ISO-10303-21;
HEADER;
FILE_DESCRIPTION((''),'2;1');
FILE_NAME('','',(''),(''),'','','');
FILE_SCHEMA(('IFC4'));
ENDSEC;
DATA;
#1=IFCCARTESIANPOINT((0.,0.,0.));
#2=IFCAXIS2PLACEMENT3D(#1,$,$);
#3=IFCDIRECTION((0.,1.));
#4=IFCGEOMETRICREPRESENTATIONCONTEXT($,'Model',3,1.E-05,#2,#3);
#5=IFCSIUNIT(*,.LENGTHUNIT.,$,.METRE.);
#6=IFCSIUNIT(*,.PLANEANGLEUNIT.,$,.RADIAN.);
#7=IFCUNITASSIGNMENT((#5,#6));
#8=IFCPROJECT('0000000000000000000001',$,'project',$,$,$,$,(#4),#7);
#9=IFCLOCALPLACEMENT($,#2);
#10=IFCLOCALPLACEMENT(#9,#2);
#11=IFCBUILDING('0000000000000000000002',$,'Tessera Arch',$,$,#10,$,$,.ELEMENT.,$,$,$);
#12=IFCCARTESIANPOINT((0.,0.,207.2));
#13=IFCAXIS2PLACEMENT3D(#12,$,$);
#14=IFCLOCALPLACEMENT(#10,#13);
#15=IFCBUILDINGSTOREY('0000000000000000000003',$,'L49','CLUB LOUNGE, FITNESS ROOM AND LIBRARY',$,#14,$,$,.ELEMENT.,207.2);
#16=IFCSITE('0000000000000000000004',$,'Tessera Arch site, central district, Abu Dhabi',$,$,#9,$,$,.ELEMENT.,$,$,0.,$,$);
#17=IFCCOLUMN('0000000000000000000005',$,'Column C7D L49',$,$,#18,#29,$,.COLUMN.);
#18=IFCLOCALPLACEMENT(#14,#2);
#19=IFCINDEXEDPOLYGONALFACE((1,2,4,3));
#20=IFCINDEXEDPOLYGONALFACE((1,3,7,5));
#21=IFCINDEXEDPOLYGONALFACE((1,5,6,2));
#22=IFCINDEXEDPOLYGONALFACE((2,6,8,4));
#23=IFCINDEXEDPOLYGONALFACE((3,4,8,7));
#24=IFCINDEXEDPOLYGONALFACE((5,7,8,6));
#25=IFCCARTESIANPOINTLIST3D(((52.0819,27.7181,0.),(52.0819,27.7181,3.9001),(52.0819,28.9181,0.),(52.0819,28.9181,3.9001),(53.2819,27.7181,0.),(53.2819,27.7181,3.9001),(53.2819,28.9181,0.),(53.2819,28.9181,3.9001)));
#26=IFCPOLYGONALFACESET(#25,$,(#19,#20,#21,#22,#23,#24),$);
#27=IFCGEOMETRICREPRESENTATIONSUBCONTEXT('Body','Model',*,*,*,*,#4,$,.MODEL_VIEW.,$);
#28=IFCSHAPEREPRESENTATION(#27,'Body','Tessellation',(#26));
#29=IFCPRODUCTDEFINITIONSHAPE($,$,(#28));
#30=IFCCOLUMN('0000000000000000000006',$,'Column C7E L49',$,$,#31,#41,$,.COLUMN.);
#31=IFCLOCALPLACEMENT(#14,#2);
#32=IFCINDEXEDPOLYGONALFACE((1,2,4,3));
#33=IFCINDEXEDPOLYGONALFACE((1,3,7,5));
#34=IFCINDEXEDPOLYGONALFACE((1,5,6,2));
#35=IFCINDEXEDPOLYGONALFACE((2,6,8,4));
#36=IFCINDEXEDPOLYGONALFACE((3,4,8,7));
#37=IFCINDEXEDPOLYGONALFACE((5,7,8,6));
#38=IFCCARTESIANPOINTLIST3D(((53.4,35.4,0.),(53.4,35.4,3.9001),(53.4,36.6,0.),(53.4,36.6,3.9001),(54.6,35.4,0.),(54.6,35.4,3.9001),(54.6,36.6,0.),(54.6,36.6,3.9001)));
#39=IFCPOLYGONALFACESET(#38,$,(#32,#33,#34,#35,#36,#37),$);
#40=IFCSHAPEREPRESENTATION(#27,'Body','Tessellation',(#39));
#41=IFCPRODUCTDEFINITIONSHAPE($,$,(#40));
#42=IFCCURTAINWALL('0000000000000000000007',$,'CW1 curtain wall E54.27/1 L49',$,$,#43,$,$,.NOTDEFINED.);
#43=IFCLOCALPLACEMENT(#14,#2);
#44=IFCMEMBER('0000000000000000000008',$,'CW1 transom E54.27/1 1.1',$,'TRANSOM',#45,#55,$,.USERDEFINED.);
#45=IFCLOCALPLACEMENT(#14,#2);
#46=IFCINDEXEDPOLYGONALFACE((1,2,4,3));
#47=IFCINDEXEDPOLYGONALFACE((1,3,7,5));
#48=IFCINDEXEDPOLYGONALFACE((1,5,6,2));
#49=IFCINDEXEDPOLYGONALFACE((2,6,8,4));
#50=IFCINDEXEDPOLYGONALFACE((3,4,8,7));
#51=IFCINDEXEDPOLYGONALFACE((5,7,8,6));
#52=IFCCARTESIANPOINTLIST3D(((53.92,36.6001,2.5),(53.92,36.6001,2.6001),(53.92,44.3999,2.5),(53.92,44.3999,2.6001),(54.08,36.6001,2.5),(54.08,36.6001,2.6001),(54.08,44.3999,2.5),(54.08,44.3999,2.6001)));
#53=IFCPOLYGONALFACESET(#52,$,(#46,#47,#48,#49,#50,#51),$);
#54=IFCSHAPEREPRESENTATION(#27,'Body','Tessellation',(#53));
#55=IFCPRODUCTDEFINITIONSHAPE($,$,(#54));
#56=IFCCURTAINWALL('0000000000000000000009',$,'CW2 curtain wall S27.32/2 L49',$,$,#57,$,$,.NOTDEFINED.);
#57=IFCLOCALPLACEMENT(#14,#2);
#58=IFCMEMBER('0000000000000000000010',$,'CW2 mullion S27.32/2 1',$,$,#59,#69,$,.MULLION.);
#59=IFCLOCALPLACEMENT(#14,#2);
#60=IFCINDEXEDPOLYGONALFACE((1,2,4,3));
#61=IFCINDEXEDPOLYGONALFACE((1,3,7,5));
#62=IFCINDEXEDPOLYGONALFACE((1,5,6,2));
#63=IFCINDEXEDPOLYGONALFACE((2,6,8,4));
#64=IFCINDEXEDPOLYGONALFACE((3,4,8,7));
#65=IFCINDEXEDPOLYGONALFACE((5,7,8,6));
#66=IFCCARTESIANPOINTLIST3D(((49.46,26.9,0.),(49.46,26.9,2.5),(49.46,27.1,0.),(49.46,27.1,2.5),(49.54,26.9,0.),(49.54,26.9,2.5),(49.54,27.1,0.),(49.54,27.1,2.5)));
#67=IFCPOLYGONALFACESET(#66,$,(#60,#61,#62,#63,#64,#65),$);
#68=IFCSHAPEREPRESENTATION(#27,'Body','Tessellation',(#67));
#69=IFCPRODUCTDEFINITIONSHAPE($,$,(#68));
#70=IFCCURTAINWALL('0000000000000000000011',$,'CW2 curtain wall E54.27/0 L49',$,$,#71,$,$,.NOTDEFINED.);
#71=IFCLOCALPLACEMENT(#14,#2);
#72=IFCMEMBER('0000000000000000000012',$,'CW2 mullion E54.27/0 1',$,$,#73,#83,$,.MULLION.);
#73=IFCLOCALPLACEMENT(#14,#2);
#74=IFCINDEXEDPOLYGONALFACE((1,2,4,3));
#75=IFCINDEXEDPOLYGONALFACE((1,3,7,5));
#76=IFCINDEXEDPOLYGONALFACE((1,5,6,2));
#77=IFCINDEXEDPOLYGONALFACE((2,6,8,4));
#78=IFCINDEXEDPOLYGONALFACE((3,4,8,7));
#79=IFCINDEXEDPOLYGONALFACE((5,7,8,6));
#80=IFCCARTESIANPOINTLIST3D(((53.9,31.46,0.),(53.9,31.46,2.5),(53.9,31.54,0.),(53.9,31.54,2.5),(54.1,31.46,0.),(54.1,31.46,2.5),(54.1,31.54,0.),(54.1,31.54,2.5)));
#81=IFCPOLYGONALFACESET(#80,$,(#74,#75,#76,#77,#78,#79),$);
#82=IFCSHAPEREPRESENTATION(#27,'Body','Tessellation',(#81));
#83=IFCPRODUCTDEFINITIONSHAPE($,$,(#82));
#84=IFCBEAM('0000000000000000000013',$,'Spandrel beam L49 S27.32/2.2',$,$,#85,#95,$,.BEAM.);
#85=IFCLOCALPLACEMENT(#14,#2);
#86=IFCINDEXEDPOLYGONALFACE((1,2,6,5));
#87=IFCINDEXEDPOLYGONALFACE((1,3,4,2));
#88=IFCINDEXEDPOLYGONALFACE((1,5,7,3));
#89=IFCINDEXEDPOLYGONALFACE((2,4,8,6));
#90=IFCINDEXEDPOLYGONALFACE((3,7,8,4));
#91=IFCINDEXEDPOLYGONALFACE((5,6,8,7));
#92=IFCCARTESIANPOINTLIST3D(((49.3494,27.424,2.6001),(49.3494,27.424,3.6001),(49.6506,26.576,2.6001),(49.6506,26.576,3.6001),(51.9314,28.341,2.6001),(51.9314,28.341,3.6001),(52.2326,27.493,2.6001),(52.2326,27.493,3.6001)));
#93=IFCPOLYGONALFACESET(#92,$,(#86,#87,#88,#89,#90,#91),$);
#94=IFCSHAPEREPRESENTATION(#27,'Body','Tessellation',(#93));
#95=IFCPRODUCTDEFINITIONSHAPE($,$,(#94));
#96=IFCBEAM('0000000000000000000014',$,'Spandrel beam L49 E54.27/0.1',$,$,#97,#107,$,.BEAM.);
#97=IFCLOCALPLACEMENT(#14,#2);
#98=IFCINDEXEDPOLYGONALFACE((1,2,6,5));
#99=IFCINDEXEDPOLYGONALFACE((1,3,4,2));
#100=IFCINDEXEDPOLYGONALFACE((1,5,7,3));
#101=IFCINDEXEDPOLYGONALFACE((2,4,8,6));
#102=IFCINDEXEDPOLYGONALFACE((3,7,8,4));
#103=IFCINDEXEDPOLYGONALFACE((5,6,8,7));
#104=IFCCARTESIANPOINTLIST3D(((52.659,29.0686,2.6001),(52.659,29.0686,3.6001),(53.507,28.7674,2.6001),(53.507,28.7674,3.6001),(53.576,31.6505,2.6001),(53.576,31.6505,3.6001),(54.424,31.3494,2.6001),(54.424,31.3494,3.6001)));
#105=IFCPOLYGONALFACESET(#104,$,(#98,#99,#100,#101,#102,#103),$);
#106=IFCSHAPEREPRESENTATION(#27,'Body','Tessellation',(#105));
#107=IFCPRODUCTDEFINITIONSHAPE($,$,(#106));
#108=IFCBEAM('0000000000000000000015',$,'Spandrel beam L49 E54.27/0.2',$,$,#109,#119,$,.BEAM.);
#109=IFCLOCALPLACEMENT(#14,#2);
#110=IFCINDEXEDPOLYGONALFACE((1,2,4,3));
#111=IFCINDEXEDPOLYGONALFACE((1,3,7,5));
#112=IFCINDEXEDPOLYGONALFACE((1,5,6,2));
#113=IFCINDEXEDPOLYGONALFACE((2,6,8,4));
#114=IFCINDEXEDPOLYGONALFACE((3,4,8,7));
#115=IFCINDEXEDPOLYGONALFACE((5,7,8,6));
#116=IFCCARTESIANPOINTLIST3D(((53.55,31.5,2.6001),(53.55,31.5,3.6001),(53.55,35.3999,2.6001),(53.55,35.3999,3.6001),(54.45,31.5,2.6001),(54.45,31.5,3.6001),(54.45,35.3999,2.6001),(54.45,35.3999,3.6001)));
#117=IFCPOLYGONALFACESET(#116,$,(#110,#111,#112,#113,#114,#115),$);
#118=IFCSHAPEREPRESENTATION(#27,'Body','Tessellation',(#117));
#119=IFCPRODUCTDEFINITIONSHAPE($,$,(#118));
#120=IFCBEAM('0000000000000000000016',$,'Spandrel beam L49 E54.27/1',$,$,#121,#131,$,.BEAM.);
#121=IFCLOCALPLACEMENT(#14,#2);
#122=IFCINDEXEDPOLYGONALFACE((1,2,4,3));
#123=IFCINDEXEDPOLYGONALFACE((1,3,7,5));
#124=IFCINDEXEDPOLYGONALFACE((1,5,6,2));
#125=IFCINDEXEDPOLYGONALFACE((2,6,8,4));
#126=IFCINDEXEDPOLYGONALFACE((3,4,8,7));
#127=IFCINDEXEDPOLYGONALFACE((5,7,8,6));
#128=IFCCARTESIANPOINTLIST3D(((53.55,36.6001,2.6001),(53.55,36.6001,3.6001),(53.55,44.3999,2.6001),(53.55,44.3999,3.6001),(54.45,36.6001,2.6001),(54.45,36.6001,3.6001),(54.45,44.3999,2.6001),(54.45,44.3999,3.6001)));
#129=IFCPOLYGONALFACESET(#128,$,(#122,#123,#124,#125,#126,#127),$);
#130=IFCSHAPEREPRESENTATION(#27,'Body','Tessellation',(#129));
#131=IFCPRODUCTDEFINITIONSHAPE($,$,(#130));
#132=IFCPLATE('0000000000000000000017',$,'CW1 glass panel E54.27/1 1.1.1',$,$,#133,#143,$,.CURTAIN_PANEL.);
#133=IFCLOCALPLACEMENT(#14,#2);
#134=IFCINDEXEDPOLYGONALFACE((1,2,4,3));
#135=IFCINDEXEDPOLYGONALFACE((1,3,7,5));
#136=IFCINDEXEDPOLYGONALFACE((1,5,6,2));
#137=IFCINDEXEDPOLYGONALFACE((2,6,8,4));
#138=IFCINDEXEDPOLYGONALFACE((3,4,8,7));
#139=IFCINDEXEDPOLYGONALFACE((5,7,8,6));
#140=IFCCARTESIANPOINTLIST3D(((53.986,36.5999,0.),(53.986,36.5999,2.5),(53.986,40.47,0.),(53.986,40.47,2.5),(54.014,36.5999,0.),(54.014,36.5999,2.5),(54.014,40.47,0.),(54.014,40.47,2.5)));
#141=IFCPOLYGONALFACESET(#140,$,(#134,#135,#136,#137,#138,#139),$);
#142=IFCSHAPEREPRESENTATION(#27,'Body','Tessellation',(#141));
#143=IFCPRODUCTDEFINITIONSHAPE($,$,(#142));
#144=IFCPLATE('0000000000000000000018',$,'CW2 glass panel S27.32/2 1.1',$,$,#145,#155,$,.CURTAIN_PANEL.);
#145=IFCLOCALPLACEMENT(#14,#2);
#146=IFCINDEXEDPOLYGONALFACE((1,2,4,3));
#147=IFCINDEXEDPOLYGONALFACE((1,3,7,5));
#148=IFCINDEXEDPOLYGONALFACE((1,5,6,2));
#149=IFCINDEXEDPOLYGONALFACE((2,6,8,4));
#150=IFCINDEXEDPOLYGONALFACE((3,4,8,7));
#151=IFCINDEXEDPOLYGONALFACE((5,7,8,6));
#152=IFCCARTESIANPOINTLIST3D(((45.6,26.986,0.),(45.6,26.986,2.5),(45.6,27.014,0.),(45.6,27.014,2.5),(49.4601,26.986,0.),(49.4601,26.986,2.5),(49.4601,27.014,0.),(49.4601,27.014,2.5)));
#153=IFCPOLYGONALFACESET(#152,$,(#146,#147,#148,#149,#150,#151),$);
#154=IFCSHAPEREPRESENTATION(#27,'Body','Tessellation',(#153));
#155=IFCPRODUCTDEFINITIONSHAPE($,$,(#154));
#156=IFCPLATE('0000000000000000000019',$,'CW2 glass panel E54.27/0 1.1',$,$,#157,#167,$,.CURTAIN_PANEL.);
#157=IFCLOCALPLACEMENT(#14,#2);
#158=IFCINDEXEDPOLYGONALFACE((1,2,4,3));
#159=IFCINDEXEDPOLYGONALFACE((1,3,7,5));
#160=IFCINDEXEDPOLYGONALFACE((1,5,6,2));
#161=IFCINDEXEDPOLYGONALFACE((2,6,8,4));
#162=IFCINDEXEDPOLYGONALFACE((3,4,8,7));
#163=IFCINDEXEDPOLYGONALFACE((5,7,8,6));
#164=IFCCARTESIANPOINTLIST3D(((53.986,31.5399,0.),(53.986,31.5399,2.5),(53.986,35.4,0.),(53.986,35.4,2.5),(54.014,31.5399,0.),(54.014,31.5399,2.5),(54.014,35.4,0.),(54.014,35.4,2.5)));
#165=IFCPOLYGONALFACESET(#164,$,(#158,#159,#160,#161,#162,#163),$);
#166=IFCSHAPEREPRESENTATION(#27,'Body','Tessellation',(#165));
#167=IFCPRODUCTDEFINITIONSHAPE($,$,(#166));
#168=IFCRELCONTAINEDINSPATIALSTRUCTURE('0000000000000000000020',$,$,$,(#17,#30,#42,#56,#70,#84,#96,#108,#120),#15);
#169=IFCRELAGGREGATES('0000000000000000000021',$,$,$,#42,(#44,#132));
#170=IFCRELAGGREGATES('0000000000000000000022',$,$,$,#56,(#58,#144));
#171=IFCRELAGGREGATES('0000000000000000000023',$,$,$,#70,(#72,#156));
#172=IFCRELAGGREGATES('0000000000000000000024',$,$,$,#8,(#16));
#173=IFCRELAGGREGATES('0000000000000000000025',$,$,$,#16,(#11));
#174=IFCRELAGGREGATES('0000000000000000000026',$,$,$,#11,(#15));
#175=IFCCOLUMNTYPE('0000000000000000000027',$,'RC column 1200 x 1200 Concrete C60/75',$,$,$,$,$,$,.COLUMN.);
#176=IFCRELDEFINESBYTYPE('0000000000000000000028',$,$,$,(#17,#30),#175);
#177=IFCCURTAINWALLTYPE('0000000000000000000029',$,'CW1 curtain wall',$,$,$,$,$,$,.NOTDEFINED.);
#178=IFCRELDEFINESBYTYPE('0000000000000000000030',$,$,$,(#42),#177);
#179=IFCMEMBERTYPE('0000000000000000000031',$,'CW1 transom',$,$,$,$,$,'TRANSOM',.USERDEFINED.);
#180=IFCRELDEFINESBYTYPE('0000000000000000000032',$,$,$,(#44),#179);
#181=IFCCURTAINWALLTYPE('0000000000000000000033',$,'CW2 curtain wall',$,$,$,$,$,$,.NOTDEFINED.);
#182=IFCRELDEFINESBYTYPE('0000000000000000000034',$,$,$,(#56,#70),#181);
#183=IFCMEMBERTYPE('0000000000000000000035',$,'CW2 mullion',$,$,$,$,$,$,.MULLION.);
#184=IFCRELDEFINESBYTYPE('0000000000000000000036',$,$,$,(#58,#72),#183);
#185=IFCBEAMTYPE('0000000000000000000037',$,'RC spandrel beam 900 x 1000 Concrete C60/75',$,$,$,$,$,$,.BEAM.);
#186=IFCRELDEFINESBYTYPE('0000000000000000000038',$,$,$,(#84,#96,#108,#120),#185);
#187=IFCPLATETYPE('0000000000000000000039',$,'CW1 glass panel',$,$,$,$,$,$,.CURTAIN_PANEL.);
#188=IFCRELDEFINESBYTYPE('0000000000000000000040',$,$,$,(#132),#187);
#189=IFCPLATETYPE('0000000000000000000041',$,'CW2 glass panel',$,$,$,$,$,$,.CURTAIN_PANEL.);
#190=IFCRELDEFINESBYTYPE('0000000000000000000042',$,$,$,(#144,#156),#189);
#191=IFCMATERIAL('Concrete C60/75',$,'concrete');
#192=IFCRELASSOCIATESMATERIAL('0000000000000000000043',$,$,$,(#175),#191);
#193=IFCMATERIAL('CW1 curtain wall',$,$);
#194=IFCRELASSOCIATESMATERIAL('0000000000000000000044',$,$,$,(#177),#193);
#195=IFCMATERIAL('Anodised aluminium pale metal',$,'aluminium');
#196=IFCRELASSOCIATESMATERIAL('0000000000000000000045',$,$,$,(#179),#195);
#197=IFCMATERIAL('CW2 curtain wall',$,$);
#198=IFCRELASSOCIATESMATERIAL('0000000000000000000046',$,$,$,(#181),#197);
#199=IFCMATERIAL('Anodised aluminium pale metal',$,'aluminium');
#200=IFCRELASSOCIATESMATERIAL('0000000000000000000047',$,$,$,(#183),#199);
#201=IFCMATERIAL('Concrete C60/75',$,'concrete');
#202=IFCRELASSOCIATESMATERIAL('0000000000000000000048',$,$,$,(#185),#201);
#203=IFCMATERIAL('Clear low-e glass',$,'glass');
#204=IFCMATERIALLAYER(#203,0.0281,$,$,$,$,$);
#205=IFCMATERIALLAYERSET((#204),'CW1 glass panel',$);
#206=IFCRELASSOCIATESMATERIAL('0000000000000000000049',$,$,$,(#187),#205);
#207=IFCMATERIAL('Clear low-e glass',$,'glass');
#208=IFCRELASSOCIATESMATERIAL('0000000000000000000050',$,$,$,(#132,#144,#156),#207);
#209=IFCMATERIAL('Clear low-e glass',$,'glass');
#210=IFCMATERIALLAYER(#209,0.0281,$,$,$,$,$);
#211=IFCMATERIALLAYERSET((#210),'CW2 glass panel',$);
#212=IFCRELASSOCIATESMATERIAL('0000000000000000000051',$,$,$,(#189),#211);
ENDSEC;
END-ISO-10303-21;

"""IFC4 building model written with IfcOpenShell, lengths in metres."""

from ifc_helpers import new_model, si_unit, direction, frame, origin, origin_2d, place, context, subcontext, project, spatial, rectangle, extrude, material, layer, layer_set, material_profile, profile_set, type_object, element, aggregate, save


model = new_model("IFC4")

# Units and contexts
model_context = context("Model", 3, precision=1e-05, world=origin(), true_north=direction((0.0, 1.0)))
body_context = subcontext(model_context, "Body", "Model", "MODEL_VIEW")
ifc_project = project(units=[si_unit("LENGTHUNIT", "METRE"), si_unit("PLANEANGLEUNIT", "RADIAN")], contexts=[model_context])

# Site, building, storey
site_placement = place(None, origin())
site = spatial("IfcSite", under=ifc_project, at=site_placement, Name="Tessera Arch site, central district, Abu Dhabi", CompositionType="ELEMENT", RefElevation=0.0)
building_placement = place(site_placement, origin())
building = spatial("IfcBuilding", under=site, at=building_placement, Name="Tessera Arch", CompositionType="ELEMENT")
storey_placement = place(building_placement, frame((0.0, 0.0, 207.2)))
storey = spatial("IfcBuildingStorey", under=building, at=storey_placement, Name="L49", Description="CLUB LOUNGE, FITNESS ROOM AND LIBRARY", CompositionType="ELEMENT", Elevation=207.2)

# Columns
ifc_material_1 = material(Name="Concrete C60/75", Category="concrete")
ifc_material_profile_1 = material_profile(ifc_material_1, rectangle(XDim=1.2, YDim=1.2, at=origin_2d()), Name="RC column 1200 x 1200 Concrete C60/75")
ifc_profile_set_1 = profile_set([ifc_material_profile_1], Name="Concrete C60/75")
column_type = type_object("IfcColumnType", Name="RC column 1200 x 1200 Concrete C60/75", PredefinedType="COLUMN", material=ifc_profile_set_1)
for number, where, z_axis, x_axis, name in (
    (1, (52.6819, 28.3181, 0.0), (0.0, 0.0, 1.0), (1.0, 0.0, 0.0), "Column C7D L49"),
    (2, (54.0, 36.0, 0.0), (0.0, 0.0, 1.0), (1.0, 0.0, 0.0), "Column C7E L49"),
):
    element("IfcColumn", number, at=place(storey_placement, frame(where, z_axis=z_axis, x_axis=x_axis)), inside=storey, type_object=column_type, Name=name, PredefinedType="COLUMN", context=body_context, shape_type="SweptSolid", body=[
        extrude(rectangle(XDim=1.2, YDim=1.2, at=origin_2d()), origin(), (0.0, 0.0, 1.0), 3.9001),
    ])

# Curtain walls, members
ifc_material_2 = material(Name="CW1 curtain wall")
curtain_wall_type_1 = type_object("IfcCurtainWallType", Name="CW1 curtain wall", PredefinedType="NOTDEFINED", material=ifc_material_2)
curtain_wall_1_placement = place(storey_placement, origin())
curtain_wall_1 = element("IfcCurtainWall", 3, at=curtain_wall_1_placement, inside=storey, type_object=curtain_wall_type_1, Name="CW1 curtain wall E54.27/1 L49", PredefinedType="NOTDEFINED")
ifc_material_3 = material(Name="Anodised aluminium pale metal", Category="aluminium")
ifc_material_profile_2 = material_profile(ifc_material_3, rectangle(XDim=0.1599, YDim=0.1001, at=origin_2d()), Name="AL 160x100")
ifc_profile_set_2 = profile_set([ifc_material_profile_2], Name="Anodised aluminium pale metal")
member_type_1 = type_object("IfcMemberType", Name="CW1 transom", ElementType="TRANSOM", PredefinedType="USERDEFINED", material=ifc_profile_set_2)
member_1_placement = place(storey_placement, frame((54.0, 36.6001, 2.55), z_axis=(0.0, 1.0, 0.0), x_axis=(-1.0, 0.0, 0.0)))
member_1 = element("IfcMember", 4, at=member_1_placement, type_object=member_type_1, Name="CW1 transom E54.27/1 1.1", ObjectType="TRANSOM", PredefinedType="USERDEFINED", context=body_context, shape_type="SweptSolid", body=[
    extrude(rectangle(XDim=0.1599, YDim=0.1001, at=origin_2d()), origin(), (0.0, 0.0, 1.0), 7.7998),
])
ifc_material_4 = material(Name="CW2 curtain wall")
curtain_wall_type_2 = type_object("IfcCurtainWallType", Name="CW2 curtain wall", PredefinedType="NOTDEFINED", material=ifc_material_4)
curtain_wall_2_placement = place(storey_placement, origin())
curtain_wall_2 = element("IfcCurtainWall", 5, at=curtain_wall_2_placement, inside=storey, type_object=curtain_wall_type_2, Name="CW2 curtain wall S27.32/2 L49", PredefinedType="NOTDEFINED")
ifc_material_5 = material(Name="Anodised aluminium pale metal", Category="aluminium")
ifc_material_profile_3 = material_profile(ifc_material_5, rectangle(XDim=0.2, YDim=0.0801, at=origin_2d()), Name="AL 80x200")
ifc_profile_set_3 = profile_set([ifc_material_profile_3], Name="Anodised aluminium pale metal")
member_type_2 = type_object("IfcMemberType", Name="CW2 mullion", PredefinedType="MULLION", material=ifc_profile_set_3)
member_2_placement = place(storey_placement, frame((49.5, 27.0, 0.0), z_axis=(0.0, 0.0, 1.0), x_axis=(0.0, 1.0, 0.0)))
member_2 = element("IfcMember", 6, at=member_2_placement, type_object=member_type_2, Name="CW2 mullion S27.32/2 1", PredefinedType="MULLION", context=body_context, shape_type="SweptSolid", body=[
    extrude(rectangle(XDim=0.2, YDim=0.0801, at=origin_2d()), origin(), (0.0, 0.0, 1.0), 2.5),
])
curtain_wall_3_placement = place(storey_placement, origin())
curtain_wall_3 = element("IfcCurtainWall", 7, at=curtain_wall_3_placement, inside=storey, type_object=curtain_wall_type_2, Name="CW2 curtain wall E54.27/0 L49", PredefinedType="NOTDEFINED")
member_3_placement = place(storey_placement, frame((54.0, 31.5, 0.0), z_axis=(0.0, 0.0, 1.0), x_axis=(-1.0, 0.0, 0.0)))
member_3 = element("IfcMember", 8, at=member_3_placement, type_object=member_type_2, Name="CW2 mullion E54.27/0 1", PredefinedType="MULLION", context=body_context, shape_type="SweptSolid", body=[
    extrude(rectangle(XDim=0.2, YDim=0.0801, at=origin_2d()), origin(), (0.0, 0.0, 1.0), 2.5),
])

# Beams
ifc_material_6 = material(Name="Concrete C60/75", Category="concrete")
ifc_material_profile_4 = material_profile(ifc_material_6, rectangle(XDim=0.8999, YDim=1.0, at=origin_2d()), Name="RC spandrel beam 900 x 1000 Concrete C60/75")
ifc_profile_set_4 = profile_set([ifc_material_profile_4], Name="Concrete C60/75")
beam_type = type_object("IfcBeamType", Name="RC spandrel beam 900 x 1000 Concrete C60/75", PredefinedType="BEAM", material=ifc_profile_set_4)
for number, where, z_axis, x_axis, name in (
    (9, (49.5, 27.0, 3.1001), (0.942337, 0.334665, 0.0), (-0.334665, 0.942337, 0.0), "Spandrel beam L49 S27.32/2.2"),
    (10, (53.083, 28.918, 3.1001), (0.334665, 0.942337, 0.0), (-0.942337, 0.334665, 0.0), "Spandrel beam L49 E54.27/0.1"),
):
    element("IfcBeam", number, at=place(storey_placement, frame(where, z_axis=z_axis, x_axis=x_axis)), inside=storey, type_object=beam_type, Name=name, PredefinedType="BEAM", context=body_context, shape_type="SweptSolid", body=[
        extrude(rectangle(XDim=0.8999, YDim=1.0, at=origin_2d()), origin(), (0.0, 0.0, 1.0), 2.74),
    ])
beam_1_placement = place(storey_placement, frame((54.0, 31.5, 3.1001), z_axis=(0.0, 1.0, 0.0), x_axis=(-1.0, 0.0, 0.0)))
element("IfcBeam", 11, at=beam_1_placement, inside=storey, type_object=beam_type, Name="Spandrel beam L49 E54.27/0.2", PredefinedType="BEAM", context=body_context, shape_type="SweptSolid", body=[
    extrude(rectangle(XDim=0.8999, YDim=1.0, at=origin_2d()), origin(), (0.0, 0.0, 1.0), 3.8999),
])
beam_2_placement = place(storey_placement, frame((54.0, 36.6001, 3.1001), z_axis=(0.0, 1.0, 0.0), x_axis=(-1.0, 0.0, 0.0)))
element("IfcBeam", 12, at=beam_2_placement, inside=storey, type_object=beam_type, Name="Spandrel beam L49 E54.27/1", PredefinedType="BEAM", context=body_context, shape_type="SweptSolid", body=[
    extrude(rectangle(XDim=0.8999, YDim=1.0, at=origin_2d()), origin(), (0.0, 0.0, 1.0), 7.7998),
])

# Plates
ifc_material_7 = material(Name="Clear low-e glass", Category="glass")
ifc_material_8 = material(Name="Clear low-e glass", Category="glass")
ifc_layer_1 = layer(ifc_material_8, 0.0281)
ifc_layer_set_1 = layer_set([ifc_layer_1], Name="CW1 glass panel")
plate_type_1 = type_object("IfcPlateType", Name="CW1 glass panel", PredefinedType="CURTAIN_PANEL", material=ifc_layer_set_1)
plate_1_placement = place(storey_placement, frame((54.0, 38.5349, 0.0), z_axis=(0.0, 0.0, 1.0), x_axis=(0.0, 1.0, 0.0)))
plate_1 = element("IfcPlate", 13, at=plate_1_placement, type_object=plate_type_1, material=ifc_material_7, Name="CW1 glass panel E54.27/1 1.1.1", PredefinedType="CURTAIN_PANEL", context=body_context, shape_type="SweptSolid", body=[
    extrude(rectangle(XDim=3.8701, YDim=0.0281, at=origin_2d()), origin(), (0.0, 0.0, 1.0), 2.5),
])
aggregate(curtain_wall_1, [member_1, plate_1])
ifc_material_9 = material(Name="Clear low-e glass", Category="glass")
ifc_layer_2 = layer(ifc_material_9, 0.0281)
ifc_layer_set_2 = layer_set([ifc_layer_2], Name="CW2 glass panel")
plate_type_2 = type_object("IfcPlateType", Name="CW2 glass panel", PredefinedType="CURTAIN_PANEL", material=ifc_layer_set_2)
plate_2_placement = place(storey_placement, frame((47.53, 27.0, 0.0), z_axis=(0.0, 0.0, 1.0), x_axis=(1.0, 0.0, 0.0)))
plate_2 = element("IfcPlate", 14, at=plate_2_placement, type_object=plate_type_2, material=ifc_material_7, Name="CW2 glass panel S27.32/2 1.1", PredefinedType="CURTAIN_PANEL", context=body_context, shape_type="SweptSolid", body=[
    extrude(rectangle(XDim=3.8601, YDim=0.0281, at=origin_2d()), origin(), (0.0, 0.0, 1.0), 2.5),
])
aggregate(curtain_wall_2, [member_2, plate_2])
plate_3_placement = place(storey_placement, frame((54.0, 33.47, 0.0), z_axis=(0.0, 0.0, 1.0), x_axis=(0.0, 1.0, 0.0)))
plate_3 = element("IfcPlate", 15, at=plate_3_placement, type_object=plate_type_2, material=ifc_material_7, Name="CW2 glass panel E54.27/0 1.1", PredefinedType="CURTAIN_PANEL", context=body_context, shape_type="SweptSolid", body=[
    extrude(rectangle(XDim=3.8601, YDim=0.0281, at=origin_2d()), origin(), (0.0, 0.0, 1.0), 2.5),
])
aggregate(curtain_wall_3, [member_3, plate_3])

save(model, "model.ifc")
